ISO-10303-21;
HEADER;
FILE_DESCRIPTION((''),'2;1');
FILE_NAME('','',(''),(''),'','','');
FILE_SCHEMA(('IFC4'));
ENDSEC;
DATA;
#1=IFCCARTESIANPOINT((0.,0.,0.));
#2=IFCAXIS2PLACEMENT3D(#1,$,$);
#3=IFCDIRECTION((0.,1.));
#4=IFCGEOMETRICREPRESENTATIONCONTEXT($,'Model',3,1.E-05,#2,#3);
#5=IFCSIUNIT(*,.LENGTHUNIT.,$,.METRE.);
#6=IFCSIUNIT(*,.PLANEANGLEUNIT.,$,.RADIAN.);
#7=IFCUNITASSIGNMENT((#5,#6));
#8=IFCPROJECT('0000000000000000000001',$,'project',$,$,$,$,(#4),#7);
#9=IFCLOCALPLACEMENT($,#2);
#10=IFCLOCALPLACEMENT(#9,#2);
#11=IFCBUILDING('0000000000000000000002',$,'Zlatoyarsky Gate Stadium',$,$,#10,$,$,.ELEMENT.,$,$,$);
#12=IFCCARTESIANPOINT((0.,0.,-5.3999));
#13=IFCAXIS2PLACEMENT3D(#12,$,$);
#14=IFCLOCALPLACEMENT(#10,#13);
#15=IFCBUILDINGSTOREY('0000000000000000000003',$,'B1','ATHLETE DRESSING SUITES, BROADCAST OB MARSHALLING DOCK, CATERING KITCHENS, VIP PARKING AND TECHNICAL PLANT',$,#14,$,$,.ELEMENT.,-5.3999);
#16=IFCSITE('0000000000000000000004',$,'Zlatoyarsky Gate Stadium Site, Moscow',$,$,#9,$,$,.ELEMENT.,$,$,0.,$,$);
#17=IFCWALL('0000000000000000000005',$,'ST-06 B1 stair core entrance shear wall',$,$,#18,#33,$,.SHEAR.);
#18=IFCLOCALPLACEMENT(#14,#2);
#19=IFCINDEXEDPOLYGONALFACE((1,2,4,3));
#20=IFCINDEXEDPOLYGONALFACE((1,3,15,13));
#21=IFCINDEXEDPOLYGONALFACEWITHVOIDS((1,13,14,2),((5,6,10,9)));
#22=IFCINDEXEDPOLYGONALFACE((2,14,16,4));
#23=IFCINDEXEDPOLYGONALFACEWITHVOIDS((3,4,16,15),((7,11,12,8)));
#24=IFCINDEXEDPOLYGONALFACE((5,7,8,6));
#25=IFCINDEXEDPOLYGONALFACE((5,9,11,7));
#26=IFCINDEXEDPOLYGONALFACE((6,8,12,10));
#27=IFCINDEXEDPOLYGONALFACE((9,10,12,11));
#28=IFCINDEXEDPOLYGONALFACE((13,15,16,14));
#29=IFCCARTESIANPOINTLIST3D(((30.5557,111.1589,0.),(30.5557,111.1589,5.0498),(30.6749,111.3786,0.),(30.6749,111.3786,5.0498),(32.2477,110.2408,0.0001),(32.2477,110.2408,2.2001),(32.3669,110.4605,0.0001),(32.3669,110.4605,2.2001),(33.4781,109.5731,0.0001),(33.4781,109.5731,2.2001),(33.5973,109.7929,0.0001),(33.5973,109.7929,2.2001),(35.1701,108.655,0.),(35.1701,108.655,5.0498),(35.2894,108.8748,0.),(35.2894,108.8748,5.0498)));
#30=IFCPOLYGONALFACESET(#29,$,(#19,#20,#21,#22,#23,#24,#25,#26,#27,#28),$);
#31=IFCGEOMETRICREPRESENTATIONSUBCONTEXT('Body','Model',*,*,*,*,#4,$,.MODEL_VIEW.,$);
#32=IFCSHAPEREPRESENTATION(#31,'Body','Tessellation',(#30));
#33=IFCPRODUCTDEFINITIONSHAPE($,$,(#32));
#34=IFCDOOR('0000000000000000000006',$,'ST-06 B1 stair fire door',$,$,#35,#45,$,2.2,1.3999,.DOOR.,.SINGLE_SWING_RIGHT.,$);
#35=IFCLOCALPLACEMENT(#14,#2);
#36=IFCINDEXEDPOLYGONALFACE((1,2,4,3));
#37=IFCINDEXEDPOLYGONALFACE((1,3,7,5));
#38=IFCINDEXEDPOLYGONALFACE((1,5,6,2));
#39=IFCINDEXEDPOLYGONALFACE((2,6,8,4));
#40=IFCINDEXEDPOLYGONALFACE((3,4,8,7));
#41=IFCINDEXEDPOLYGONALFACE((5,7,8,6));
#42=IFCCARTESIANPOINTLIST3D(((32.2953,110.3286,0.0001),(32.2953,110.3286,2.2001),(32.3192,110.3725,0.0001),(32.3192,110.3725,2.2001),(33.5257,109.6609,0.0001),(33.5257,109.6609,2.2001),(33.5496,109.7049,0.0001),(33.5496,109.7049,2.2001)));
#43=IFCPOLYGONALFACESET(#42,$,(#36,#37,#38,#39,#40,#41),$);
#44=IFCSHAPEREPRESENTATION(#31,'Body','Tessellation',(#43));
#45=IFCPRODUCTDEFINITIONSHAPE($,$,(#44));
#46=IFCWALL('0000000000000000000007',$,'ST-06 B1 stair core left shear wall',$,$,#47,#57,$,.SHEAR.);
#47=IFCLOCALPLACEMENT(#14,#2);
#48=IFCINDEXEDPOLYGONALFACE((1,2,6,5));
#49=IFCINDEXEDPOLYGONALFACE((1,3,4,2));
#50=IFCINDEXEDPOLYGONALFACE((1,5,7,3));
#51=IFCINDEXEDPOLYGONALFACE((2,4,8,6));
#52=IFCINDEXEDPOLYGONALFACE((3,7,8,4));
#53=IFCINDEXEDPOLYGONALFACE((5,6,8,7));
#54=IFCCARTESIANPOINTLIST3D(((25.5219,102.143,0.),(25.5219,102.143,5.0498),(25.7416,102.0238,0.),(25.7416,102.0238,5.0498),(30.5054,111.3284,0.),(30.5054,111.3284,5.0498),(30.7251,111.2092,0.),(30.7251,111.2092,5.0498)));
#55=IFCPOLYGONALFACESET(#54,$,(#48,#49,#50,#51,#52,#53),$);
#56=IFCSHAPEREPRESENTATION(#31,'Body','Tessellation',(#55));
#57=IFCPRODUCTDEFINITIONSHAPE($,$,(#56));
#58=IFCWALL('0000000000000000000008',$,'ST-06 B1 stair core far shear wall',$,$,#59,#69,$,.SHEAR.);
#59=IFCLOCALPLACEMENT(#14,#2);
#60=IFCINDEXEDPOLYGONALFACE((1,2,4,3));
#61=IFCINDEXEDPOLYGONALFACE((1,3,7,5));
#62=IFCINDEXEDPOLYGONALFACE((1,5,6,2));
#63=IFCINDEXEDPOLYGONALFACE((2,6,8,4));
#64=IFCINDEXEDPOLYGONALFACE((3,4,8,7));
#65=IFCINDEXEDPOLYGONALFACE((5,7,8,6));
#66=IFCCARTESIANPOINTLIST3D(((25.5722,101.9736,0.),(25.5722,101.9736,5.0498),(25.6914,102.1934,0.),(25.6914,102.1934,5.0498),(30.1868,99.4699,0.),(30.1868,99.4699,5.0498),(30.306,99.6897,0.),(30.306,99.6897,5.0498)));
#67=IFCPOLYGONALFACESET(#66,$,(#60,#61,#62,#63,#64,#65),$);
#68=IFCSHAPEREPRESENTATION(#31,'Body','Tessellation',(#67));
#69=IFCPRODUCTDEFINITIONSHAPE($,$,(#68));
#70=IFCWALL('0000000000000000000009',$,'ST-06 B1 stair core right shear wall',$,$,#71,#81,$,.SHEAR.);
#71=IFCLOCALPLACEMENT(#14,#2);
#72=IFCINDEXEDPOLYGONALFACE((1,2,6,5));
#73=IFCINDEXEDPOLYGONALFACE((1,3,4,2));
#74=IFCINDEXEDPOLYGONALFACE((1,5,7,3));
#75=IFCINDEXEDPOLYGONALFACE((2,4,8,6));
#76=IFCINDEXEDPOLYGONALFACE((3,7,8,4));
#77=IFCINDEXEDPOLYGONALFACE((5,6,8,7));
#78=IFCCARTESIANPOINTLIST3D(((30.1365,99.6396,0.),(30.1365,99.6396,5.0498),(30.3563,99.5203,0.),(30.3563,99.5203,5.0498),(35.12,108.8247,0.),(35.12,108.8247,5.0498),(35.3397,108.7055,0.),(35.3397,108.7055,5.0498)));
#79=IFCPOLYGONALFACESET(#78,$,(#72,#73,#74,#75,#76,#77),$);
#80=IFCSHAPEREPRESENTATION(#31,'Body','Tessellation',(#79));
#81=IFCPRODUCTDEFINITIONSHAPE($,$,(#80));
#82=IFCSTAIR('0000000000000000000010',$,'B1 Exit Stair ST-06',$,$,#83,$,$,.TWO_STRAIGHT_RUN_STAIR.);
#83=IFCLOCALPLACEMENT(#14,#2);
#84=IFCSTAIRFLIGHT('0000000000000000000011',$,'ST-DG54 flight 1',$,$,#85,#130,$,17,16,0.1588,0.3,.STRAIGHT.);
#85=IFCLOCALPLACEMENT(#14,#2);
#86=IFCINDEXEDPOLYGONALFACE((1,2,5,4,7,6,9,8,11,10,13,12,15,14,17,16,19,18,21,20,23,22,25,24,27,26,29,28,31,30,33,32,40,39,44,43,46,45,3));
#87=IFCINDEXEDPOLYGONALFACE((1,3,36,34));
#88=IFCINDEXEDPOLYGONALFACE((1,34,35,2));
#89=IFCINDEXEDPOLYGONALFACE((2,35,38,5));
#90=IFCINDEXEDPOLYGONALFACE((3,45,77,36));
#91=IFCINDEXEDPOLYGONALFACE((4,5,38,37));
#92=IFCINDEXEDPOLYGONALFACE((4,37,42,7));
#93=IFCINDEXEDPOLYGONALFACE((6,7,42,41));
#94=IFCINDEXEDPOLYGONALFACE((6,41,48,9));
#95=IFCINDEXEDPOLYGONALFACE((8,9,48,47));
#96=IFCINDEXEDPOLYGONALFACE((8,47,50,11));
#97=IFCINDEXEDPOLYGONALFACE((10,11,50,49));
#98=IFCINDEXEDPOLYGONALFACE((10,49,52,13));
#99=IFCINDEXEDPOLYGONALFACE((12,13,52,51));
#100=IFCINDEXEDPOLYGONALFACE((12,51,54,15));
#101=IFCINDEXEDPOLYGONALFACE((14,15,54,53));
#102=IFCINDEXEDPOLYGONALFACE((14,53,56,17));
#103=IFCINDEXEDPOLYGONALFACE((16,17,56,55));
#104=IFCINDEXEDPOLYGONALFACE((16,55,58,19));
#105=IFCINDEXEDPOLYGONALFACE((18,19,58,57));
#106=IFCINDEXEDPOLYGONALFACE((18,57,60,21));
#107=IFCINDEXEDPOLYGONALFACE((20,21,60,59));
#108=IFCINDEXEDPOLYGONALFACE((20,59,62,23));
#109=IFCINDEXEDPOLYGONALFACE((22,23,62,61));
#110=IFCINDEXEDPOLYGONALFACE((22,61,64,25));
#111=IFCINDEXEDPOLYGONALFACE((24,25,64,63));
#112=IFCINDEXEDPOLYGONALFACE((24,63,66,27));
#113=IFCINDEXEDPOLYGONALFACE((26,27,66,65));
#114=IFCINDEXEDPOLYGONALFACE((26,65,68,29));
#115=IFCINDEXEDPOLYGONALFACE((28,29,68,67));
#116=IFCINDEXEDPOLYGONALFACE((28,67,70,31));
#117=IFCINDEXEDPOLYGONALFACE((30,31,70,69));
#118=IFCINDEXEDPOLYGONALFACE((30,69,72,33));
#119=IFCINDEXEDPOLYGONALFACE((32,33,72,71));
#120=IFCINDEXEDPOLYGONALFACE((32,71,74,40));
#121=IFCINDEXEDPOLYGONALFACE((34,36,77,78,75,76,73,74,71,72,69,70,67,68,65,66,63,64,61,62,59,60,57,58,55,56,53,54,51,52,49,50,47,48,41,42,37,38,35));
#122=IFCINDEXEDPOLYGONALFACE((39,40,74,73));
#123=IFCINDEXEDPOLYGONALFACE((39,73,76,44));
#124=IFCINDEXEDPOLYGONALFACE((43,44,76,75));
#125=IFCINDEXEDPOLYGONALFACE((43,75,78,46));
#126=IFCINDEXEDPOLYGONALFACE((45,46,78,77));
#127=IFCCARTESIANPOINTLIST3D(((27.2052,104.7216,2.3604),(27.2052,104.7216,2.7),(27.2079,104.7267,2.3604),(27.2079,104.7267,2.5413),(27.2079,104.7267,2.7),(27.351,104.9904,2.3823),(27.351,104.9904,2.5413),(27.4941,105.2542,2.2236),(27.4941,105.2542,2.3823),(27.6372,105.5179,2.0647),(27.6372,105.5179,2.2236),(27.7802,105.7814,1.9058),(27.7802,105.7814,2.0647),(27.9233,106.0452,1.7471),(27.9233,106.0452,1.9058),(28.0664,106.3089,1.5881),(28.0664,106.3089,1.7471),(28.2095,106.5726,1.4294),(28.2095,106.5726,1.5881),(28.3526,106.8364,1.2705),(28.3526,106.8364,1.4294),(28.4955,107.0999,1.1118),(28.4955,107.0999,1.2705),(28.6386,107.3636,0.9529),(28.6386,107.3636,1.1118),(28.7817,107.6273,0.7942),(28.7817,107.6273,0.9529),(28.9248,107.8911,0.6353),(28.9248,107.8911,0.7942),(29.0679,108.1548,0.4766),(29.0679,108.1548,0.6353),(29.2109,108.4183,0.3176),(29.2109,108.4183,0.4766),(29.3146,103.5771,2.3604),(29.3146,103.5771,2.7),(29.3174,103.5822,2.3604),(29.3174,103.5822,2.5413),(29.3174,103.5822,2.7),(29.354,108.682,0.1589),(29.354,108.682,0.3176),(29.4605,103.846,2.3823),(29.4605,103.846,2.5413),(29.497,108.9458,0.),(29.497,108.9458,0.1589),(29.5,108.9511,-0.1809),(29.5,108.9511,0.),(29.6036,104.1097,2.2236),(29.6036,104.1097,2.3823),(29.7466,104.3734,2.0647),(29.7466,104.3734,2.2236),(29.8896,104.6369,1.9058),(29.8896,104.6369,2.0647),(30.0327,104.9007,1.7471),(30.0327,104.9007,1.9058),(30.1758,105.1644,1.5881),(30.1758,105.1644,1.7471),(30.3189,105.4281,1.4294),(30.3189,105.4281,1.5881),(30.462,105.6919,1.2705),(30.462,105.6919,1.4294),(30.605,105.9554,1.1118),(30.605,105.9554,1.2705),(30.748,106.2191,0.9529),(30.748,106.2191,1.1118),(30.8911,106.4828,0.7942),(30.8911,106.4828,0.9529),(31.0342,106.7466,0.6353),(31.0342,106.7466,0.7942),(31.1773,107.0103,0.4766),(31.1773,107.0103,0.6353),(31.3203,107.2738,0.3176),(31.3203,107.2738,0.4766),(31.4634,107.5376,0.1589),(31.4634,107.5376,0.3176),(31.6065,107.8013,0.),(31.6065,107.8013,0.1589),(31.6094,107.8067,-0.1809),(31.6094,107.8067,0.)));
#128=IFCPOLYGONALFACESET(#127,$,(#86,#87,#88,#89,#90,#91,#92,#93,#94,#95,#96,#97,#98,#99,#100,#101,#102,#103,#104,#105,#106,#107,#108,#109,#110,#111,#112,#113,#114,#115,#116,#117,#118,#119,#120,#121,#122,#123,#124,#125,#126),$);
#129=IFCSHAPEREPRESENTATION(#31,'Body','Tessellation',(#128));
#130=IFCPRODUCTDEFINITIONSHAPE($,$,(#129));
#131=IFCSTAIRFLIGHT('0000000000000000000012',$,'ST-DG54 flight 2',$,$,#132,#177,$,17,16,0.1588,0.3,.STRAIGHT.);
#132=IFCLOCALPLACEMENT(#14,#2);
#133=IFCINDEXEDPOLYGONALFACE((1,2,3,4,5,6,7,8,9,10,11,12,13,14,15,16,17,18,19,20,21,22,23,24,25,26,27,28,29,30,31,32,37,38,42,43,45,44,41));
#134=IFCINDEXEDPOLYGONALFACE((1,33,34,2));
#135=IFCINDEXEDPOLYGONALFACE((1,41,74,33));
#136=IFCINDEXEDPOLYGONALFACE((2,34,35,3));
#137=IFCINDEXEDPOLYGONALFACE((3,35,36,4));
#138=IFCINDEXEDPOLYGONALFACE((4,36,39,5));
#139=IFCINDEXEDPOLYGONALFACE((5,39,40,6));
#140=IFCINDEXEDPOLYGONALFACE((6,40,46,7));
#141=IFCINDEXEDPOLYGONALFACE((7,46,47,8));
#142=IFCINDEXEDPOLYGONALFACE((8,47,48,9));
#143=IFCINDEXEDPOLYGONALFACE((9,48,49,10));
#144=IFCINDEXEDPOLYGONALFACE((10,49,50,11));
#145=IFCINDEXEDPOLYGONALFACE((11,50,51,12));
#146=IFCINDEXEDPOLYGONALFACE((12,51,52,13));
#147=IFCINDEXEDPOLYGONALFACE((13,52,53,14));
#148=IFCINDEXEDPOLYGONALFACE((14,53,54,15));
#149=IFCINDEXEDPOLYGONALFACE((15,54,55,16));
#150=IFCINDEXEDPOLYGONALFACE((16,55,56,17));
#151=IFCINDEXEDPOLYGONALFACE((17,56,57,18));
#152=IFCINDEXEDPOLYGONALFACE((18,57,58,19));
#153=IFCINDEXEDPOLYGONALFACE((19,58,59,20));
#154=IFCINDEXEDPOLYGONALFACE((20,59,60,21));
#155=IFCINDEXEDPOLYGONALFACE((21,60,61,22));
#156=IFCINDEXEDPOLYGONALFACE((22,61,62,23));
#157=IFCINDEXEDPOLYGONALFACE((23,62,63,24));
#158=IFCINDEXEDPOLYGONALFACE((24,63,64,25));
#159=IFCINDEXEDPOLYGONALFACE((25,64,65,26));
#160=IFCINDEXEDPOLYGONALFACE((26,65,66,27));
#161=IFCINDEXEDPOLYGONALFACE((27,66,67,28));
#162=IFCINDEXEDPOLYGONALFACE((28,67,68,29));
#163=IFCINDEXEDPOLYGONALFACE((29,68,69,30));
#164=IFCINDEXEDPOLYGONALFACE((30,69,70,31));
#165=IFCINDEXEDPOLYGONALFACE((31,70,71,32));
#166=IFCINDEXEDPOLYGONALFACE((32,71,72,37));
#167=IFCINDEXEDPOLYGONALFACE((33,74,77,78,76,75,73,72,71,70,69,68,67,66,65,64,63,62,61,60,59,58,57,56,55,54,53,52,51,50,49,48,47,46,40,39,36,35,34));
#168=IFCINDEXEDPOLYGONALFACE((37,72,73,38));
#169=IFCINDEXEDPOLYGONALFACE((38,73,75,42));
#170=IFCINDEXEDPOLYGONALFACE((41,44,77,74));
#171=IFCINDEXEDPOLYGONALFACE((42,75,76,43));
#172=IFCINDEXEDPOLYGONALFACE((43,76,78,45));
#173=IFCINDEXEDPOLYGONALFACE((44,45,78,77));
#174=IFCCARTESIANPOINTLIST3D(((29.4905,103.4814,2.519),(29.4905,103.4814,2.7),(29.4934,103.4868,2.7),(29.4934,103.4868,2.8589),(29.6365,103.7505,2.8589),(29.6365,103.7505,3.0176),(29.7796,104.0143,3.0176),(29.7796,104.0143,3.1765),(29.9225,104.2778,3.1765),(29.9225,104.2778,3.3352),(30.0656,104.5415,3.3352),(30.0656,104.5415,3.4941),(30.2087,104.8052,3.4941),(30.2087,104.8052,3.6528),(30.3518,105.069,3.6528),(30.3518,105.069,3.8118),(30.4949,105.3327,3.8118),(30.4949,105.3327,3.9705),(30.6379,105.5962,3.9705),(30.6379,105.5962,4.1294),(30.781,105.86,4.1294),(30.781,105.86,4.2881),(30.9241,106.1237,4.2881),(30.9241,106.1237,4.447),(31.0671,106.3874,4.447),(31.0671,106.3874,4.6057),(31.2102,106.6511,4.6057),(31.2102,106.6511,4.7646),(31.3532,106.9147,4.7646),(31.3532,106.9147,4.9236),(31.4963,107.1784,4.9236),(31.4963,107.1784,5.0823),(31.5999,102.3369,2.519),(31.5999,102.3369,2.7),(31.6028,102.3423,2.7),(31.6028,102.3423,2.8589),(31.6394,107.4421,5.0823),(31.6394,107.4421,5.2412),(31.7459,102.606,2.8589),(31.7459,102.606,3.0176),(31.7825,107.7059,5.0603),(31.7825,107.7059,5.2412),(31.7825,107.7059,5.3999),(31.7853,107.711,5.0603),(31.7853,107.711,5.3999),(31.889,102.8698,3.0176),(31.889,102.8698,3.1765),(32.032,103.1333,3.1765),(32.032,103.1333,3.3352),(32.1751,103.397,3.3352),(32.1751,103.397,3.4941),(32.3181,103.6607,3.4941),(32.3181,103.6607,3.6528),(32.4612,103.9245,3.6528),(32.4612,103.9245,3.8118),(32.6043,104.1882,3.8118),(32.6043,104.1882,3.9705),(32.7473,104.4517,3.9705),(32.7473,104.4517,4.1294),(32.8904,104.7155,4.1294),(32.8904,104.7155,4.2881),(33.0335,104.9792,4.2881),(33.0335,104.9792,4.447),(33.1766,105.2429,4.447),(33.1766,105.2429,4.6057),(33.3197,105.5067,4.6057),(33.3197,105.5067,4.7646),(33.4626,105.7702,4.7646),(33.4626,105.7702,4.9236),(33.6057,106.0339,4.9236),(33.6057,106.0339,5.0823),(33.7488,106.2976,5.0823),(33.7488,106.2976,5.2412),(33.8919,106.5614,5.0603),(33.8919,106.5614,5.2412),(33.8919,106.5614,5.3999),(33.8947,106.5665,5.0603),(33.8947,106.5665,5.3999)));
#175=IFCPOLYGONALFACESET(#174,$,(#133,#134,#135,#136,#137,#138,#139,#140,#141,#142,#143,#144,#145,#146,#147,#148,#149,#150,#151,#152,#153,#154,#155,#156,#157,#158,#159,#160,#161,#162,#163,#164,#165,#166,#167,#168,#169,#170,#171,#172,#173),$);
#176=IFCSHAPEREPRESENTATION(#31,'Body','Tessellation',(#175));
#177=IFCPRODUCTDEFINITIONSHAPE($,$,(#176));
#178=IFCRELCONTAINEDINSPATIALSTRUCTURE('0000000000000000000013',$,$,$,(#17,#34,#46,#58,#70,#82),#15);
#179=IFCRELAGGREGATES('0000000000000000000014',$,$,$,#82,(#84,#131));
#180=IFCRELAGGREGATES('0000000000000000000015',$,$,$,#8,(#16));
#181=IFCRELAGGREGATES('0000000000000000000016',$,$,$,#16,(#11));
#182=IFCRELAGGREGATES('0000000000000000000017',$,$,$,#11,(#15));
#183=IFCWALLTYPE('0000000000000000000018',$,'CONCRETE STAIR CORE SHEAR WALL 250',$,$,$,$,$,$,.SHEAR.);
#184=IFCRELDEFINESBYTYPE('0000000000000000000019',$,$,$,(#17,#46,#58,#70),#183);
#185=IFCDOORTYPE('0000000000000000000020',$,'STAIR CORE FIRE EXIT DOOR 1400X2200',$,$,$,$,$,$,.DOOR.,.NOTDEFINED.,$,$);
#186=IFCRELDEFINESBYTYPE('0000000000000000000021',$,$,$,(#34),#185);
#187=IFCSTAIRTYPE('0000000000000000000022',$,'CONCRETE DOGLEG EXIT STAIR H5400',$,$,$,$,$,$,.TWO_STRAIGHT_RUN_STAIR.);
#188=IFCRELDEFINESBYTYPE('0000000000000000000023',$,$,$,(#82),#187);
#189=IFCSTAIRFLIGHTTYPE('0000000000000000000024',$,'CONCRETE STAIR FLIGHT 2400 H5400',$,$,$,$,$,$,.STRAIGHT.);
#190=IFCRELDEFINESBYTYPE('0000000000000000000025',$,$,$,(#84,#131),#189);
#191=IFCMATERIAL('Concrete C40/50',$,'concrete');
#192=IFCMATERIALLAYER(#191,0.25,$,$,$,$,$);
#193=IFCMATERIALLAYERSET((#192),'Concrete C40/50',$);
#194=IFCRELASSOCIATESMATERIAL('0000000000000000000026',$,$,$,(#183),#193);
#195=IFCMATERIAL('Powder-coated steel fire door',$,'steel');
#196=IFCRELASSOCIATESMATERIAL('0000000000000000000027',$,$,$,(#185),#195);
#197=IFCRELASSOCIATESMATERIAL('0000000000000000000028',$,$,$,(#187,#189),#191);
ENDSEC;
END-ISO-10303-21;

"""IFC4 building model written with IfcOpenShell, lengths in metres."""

from ifc_helpers import new_model, si_unit, direction, frame, frame_2d, origin, place, context, subcontext, project, spatial, polyline, rectangle, outline, extrude, material, layer, layer_set, type_object, element, fill, aggregate, save


model = new_model("IFC4")

# Units and contexts
model_context = context("Model", 3, precision=1e-05, world=origin(), true_north=direction((0.0, 1.0)))
body_context = subcontext(model_context, "Body", "Model", "MODEL_VIEW")
ifc_project = project(units=[si_unit("LENGTHUNIT", "METRE"), si_unit("PLANEANGLEUNIT", "RADIAN")], contexts=[model_context])

# Site, building, storey
site_placement = place(None, origin())
site = spatial("IfcSite", under=ifc_project, at=site_placement, Name="Zlatoyarsky Gate Stadium Site, Moscow", CompositionType="ELEMENT", RefElevation=0.0)
building_placement = place(site_placement, origin())
building = spatial("IfcBuilding", under=site, at=building_placement, Name="Zlatoyarsky Gate Stadium", CompositionType="ELEMENT")
storey_placement = place(building_placement, frame((0.0, 0.0, -5.3999)))
storey = spatial("IfcBuildingStorey", under=building, at=storey_placement, Name="B1", Description="ATHLETE DRESSING SUITES, BROADCAST OB MARSHALLING DOCK, CATERING KITCHENS, VIP PARKING AND TECHNICAL PLANT", CompositionType="ELEMENT", Elevation=-5.3999)

# Shared definitions
ifc_material_1 = material(Name="Concrete C40/50", Category="concrete")

# Shared definitions
ifc_material_2 = material(Name="Powder-coated steel fire door", Category="steel")

# Wall, opening, door
ifc_layer_1 = layer(ifc_material_1, 0.25)
ifc_layer_set_1 = layer_set([ifc_layer_1], Name="Concrete C40/50")
wall_type_1 = type_object("IfcWallType", Name="CONCRETE STAIR CORE SHEAR WALL 250", PredefinedType="SHEAR", material=ifc_layer_set_1)
wall_1_placement = place(storey_placement, frame((35.2297, 108.7649, 0.0), z_axis=(0.0, 0.0, 1.0), x_axis=(-0.878942, 0.476929, 0.0)))
wall_1 = element("IfcWall", 1, at=wall_1_placement, inside=storey, type_object=wall_type_1, Name="ST-06 B1 stair core entrance shear wall", PredefinedType="SHEAR", context=body_context, shape_type="SweptSolid", body=[
    extrude(rectangle(XDim=5.25, YDim=0.25, at=frame_2d((2.625, 0.0))), origin(), (0.0, 0.0, 1.0), 5.0498),
])
opening_1_placement = place(wall_1_placement, frame((1.925, 0.0, 0.0)))
opening_1 = element("IfcOpeningElement", 2, at=opening_1_placement, cuts=wall_1, PredefinedType="OPENING", context=body_context, shape_type="SweptSolid", body=[
    extrude(rectangle(XDim=1.3999, YDim=2.2, at=frame_2d((0.7, 1.1001))), frame((0.0, 0.135, 0.0), z_axis=(0.0, -1.0, 0.0), x_axis=(1.0, 0.0, 0.0)), (0.0, 0.0, 1.0), 0.27),
])
door_type_1 = type_object("IfcDoorType", Name="STAIR CORE FIRE EXIT DOOR 1400X2200", OperationType="NOTDEFINED", PredefinedType="DOOR", material=ifc_material_2)
door_1_placement = place(opening_1_placement, frame((1.3999, 0.0, 0.0), z_axis=(0.0, 0.0, 1.0), x_axis=(-1.0, 0.0, 0.0)))
door_1 = element("IfcDoor", 3, at=door_1_placement, inside=storey, type_object=door_type_1, Name="ST-06 B1 stair fire door", OperationType="SINGLE_SWING_RIGHT", OverallHeight=2.2, OverallWidth=1.3999, PredefinedType="DOOR", context=body_context, shape_type="SweptSolid", body=[
    extrude(rectangle(XDim=1.3999, YDim=2.2, at=frame_2d((0.7, 1.1001))), frame((0.0, 0.0249, 0.0), z_axis=(0.0, -1.0, 0.0), x_axis=(1.0, 0.0, 0.0)), (0.0, 0.0, 1.0), 0.05),
])
fill(opening_1, door_1)

# Walls
wall_2_placement = place(storey_placement, frame((30.6152, 111.2688, 0.0), z_axis=(0.0, 0.0, 1.0), x_axis=(-0.476877, -0.87897, 0.0)))
element("IfcWall", 4, at=wall_2_placement, inside=storey, type_object=wall_type_1, Name="ST-06 B1 stair core left shear wall", PredefinedType="SHEAR", context=body_context, shape_type="SweptSolid", body=[
    extrude(rectangle(XDim=10.4502, YDim=0.25, at=frame_2d((5.2251, 0.0))), origin(), (0.0, 0.0, 1.0), 5.0498),
])
wall_3_placement = place(storey_placement, frame((25.6318, 102.0835, 0.0), z_axis=(0.0, 0.0, 1.0), x_axis=(0.878961, -0.476893, 0.0)))
element("IfcWall", 5, at=wall_3_placement, inside=storey, type_object=wall_type_1, Name="ST-06 B1 stair core far shear wall", PredefinedType="SHEAR", context=body_context, shape_type="SweptSolid", body=[
    extrude(rectangle(XDim=5.25, YDim=0.25, at=frame_2d((2.625, 0.0))), origin(), (0.0, 0.0, 1.0), 5.0498),
])
wall_4_placement = place(storey_placement, frame((30.2463, 99.5798, 0.0), z_axis=(0.0, 0.0, 1.0), x_axis=(0.476887, 0.878965, 0.0)))
element("IfcWall", 6, at=wall_4_placement, inside=storey, type_object=wall_type_1, Name="ST-06 B1 stair core right shear wall", PredefinedType="SHEAR", context=body_context, shape_type="SweptSolid", body=[
    extrude(rectangle(XDim=10.45, YDim=0.25, at=frame_2d((5.2251, 0.0))), origin(), (0.0, 0.0, 1.0), 5.0498),
])

# Stair, stair flights
stair_type = type_object("IfcStairType", Name="CONCRETE DOGLEG EXIT STAIR H5400", PredefinedType="TWO_STRAIGHT_RUN_STAIR", material=ifc_material_1)
stair_placement = place(storey_placement, origin())
stair = element("IfcStair", 7, at=stair_placement, inside=storey, type_object=stair_type, Name="B1 Exit Stair ST-06", PredefinedType="TWO_STRAIGHT_RUN_STAIR")
stair_flight_type = type_object("IfcStairFlightType", Name="CONCRETE STAIR FLIGHT 2400 H5400", PredefinedType="STRAIGHT", material=ifc_material_1)
stair_flight_1_placement = place(storey_placement, frame((30.5518, 108.3735, 0.0), z_axis=(0.0, 0.0, 1.0), x_axis=(-0.47689, -0.878963, 0.0)))
stair_flight_1 = element("IfcStairFlight", 8, at=stair_flight_1_placement, type_object=stair_flight_type, Name="ST-DG54 flight 1", NumberOfRisers=17, NumberOfTreads=16, PredefinedType="STRAIGHT", RiserHeight=0.1588, TreadLength=0.3, context=body_context, shape_type="SweptSolid", body=[
    extrude(outline(polyline([(-0.0061, -0.1809), (-0.0061, 0.0), (0.0, 0.0), (0.0, 0.1589), (0.3, 0.1589), (0.3, 0.3176), (0.6001, 0.3176), (0.6001, 0.4766), (0.8999, 0.4766), (0.8999, 0.6353), (1.2, 0.6353), (1.2, 0.7942), (1.5, 0.7942), (1.5, 0.9529), (1.8, 0.9529), (1.8, 1.1118), (2.1001, 1.1118), (2.1001, 1.2705), (2.3999, 1.2705), (2.3999, 1.4294), (2.7, 1.4294), (2.7, 1.5881), (3.0, 1.5881), (3.0, 1.7471), (3.3, 1.7471), (3.3, 1.9058), (3.6001, 1.9058), (3.6001, 2.0647), (3.8999, 2.0647), (3.8999, 2.2236), (4.2, 2.2236), (4.2, 2.3823), (4.5, 2.3823), (4.5, 2.5413), (4.8, 2.5413), (4.8, 2.7), (4.8059, 2.7), (4.8059, 2.3604), (4.8, 2.3604), (-0.0061, -0.1809)])), frame((0.0, 1.2, 0.0), z_axis=(0.0, -1.0, 0.0), x_axis=(1.0, 0.0, 0.0)), (0.0, 0.0, 1.0), 2.3999),
])
stair_flight_2_placement = place(storey_placement, frame((30.5481, 102.9146, 2.7), z_axis=(0.0, 0.0, 1.0), x_axis=(0.47689, 0.878963, 0.0)))
stair_flight_2 = element("IfcStairFlight", 9, at=stair_flight_2_placement, type_object=stair_flight_type, Name="ST-DG54 flight 2", NumberOfRisers=17, NumberOfTreads=16, PredefinedType="STRAIGHT", RiserHeight=0.1588, TreadLength=0.3, context=body_context, shape_type="SweptSolid", body=[
    extrude(outline(polyline([(-0.0061, -0.1809), (-0.0061, 0.0), (0.0, 0.0), (0.0, 0.1589), (0.3, 0.1589), (0.3, 0.3176), (0.6001, 0.3176), (0.6001, 0.4766), (0.8999, 0.4766), (0.8999, 0.6353), (1.2, 0.6353), (1.2, 0.7942), (1.5, 0.7942), (1.5, 0.9529), (1.8, 0.9529), (1.8, 1.1118), (2.1001, 1.1118), (2.1001, 1.2705), (2.3999, 1.2705), (2.3999, 1.4294), (2.7, 1.4294), (2.7, 1.5881), (3.0, 1.5881), (3.0, 1.7471), (3.3, 1.7471), (3.3, 1.9058), (3.6001, 1.9058), (3.6001, 2.0647), (3.8999, 2.0647), (3.8999, 2.2236), (4.2, 2.2236), (4.2, 2.3823), (4.5, 2.3823), (4.5, 2.5413), (4.8, 2.5413), (4.8, 2.7), (4.8059, 2.7), (4.8059, 2.3604), (4.8, 2.3604), (-0.0061, -0.1809)])), frame((0.0, 1.2, 0.0), z_axis=(0.0, -1.0, 0.0), x_axis=(1.0, 0.0, 0.0)), (0.0, 0.0, 1.0), 2.3999),
])
aggregate(stair, [stair_flight_1, stair_flight_2])

save(model, "model.ifc")
